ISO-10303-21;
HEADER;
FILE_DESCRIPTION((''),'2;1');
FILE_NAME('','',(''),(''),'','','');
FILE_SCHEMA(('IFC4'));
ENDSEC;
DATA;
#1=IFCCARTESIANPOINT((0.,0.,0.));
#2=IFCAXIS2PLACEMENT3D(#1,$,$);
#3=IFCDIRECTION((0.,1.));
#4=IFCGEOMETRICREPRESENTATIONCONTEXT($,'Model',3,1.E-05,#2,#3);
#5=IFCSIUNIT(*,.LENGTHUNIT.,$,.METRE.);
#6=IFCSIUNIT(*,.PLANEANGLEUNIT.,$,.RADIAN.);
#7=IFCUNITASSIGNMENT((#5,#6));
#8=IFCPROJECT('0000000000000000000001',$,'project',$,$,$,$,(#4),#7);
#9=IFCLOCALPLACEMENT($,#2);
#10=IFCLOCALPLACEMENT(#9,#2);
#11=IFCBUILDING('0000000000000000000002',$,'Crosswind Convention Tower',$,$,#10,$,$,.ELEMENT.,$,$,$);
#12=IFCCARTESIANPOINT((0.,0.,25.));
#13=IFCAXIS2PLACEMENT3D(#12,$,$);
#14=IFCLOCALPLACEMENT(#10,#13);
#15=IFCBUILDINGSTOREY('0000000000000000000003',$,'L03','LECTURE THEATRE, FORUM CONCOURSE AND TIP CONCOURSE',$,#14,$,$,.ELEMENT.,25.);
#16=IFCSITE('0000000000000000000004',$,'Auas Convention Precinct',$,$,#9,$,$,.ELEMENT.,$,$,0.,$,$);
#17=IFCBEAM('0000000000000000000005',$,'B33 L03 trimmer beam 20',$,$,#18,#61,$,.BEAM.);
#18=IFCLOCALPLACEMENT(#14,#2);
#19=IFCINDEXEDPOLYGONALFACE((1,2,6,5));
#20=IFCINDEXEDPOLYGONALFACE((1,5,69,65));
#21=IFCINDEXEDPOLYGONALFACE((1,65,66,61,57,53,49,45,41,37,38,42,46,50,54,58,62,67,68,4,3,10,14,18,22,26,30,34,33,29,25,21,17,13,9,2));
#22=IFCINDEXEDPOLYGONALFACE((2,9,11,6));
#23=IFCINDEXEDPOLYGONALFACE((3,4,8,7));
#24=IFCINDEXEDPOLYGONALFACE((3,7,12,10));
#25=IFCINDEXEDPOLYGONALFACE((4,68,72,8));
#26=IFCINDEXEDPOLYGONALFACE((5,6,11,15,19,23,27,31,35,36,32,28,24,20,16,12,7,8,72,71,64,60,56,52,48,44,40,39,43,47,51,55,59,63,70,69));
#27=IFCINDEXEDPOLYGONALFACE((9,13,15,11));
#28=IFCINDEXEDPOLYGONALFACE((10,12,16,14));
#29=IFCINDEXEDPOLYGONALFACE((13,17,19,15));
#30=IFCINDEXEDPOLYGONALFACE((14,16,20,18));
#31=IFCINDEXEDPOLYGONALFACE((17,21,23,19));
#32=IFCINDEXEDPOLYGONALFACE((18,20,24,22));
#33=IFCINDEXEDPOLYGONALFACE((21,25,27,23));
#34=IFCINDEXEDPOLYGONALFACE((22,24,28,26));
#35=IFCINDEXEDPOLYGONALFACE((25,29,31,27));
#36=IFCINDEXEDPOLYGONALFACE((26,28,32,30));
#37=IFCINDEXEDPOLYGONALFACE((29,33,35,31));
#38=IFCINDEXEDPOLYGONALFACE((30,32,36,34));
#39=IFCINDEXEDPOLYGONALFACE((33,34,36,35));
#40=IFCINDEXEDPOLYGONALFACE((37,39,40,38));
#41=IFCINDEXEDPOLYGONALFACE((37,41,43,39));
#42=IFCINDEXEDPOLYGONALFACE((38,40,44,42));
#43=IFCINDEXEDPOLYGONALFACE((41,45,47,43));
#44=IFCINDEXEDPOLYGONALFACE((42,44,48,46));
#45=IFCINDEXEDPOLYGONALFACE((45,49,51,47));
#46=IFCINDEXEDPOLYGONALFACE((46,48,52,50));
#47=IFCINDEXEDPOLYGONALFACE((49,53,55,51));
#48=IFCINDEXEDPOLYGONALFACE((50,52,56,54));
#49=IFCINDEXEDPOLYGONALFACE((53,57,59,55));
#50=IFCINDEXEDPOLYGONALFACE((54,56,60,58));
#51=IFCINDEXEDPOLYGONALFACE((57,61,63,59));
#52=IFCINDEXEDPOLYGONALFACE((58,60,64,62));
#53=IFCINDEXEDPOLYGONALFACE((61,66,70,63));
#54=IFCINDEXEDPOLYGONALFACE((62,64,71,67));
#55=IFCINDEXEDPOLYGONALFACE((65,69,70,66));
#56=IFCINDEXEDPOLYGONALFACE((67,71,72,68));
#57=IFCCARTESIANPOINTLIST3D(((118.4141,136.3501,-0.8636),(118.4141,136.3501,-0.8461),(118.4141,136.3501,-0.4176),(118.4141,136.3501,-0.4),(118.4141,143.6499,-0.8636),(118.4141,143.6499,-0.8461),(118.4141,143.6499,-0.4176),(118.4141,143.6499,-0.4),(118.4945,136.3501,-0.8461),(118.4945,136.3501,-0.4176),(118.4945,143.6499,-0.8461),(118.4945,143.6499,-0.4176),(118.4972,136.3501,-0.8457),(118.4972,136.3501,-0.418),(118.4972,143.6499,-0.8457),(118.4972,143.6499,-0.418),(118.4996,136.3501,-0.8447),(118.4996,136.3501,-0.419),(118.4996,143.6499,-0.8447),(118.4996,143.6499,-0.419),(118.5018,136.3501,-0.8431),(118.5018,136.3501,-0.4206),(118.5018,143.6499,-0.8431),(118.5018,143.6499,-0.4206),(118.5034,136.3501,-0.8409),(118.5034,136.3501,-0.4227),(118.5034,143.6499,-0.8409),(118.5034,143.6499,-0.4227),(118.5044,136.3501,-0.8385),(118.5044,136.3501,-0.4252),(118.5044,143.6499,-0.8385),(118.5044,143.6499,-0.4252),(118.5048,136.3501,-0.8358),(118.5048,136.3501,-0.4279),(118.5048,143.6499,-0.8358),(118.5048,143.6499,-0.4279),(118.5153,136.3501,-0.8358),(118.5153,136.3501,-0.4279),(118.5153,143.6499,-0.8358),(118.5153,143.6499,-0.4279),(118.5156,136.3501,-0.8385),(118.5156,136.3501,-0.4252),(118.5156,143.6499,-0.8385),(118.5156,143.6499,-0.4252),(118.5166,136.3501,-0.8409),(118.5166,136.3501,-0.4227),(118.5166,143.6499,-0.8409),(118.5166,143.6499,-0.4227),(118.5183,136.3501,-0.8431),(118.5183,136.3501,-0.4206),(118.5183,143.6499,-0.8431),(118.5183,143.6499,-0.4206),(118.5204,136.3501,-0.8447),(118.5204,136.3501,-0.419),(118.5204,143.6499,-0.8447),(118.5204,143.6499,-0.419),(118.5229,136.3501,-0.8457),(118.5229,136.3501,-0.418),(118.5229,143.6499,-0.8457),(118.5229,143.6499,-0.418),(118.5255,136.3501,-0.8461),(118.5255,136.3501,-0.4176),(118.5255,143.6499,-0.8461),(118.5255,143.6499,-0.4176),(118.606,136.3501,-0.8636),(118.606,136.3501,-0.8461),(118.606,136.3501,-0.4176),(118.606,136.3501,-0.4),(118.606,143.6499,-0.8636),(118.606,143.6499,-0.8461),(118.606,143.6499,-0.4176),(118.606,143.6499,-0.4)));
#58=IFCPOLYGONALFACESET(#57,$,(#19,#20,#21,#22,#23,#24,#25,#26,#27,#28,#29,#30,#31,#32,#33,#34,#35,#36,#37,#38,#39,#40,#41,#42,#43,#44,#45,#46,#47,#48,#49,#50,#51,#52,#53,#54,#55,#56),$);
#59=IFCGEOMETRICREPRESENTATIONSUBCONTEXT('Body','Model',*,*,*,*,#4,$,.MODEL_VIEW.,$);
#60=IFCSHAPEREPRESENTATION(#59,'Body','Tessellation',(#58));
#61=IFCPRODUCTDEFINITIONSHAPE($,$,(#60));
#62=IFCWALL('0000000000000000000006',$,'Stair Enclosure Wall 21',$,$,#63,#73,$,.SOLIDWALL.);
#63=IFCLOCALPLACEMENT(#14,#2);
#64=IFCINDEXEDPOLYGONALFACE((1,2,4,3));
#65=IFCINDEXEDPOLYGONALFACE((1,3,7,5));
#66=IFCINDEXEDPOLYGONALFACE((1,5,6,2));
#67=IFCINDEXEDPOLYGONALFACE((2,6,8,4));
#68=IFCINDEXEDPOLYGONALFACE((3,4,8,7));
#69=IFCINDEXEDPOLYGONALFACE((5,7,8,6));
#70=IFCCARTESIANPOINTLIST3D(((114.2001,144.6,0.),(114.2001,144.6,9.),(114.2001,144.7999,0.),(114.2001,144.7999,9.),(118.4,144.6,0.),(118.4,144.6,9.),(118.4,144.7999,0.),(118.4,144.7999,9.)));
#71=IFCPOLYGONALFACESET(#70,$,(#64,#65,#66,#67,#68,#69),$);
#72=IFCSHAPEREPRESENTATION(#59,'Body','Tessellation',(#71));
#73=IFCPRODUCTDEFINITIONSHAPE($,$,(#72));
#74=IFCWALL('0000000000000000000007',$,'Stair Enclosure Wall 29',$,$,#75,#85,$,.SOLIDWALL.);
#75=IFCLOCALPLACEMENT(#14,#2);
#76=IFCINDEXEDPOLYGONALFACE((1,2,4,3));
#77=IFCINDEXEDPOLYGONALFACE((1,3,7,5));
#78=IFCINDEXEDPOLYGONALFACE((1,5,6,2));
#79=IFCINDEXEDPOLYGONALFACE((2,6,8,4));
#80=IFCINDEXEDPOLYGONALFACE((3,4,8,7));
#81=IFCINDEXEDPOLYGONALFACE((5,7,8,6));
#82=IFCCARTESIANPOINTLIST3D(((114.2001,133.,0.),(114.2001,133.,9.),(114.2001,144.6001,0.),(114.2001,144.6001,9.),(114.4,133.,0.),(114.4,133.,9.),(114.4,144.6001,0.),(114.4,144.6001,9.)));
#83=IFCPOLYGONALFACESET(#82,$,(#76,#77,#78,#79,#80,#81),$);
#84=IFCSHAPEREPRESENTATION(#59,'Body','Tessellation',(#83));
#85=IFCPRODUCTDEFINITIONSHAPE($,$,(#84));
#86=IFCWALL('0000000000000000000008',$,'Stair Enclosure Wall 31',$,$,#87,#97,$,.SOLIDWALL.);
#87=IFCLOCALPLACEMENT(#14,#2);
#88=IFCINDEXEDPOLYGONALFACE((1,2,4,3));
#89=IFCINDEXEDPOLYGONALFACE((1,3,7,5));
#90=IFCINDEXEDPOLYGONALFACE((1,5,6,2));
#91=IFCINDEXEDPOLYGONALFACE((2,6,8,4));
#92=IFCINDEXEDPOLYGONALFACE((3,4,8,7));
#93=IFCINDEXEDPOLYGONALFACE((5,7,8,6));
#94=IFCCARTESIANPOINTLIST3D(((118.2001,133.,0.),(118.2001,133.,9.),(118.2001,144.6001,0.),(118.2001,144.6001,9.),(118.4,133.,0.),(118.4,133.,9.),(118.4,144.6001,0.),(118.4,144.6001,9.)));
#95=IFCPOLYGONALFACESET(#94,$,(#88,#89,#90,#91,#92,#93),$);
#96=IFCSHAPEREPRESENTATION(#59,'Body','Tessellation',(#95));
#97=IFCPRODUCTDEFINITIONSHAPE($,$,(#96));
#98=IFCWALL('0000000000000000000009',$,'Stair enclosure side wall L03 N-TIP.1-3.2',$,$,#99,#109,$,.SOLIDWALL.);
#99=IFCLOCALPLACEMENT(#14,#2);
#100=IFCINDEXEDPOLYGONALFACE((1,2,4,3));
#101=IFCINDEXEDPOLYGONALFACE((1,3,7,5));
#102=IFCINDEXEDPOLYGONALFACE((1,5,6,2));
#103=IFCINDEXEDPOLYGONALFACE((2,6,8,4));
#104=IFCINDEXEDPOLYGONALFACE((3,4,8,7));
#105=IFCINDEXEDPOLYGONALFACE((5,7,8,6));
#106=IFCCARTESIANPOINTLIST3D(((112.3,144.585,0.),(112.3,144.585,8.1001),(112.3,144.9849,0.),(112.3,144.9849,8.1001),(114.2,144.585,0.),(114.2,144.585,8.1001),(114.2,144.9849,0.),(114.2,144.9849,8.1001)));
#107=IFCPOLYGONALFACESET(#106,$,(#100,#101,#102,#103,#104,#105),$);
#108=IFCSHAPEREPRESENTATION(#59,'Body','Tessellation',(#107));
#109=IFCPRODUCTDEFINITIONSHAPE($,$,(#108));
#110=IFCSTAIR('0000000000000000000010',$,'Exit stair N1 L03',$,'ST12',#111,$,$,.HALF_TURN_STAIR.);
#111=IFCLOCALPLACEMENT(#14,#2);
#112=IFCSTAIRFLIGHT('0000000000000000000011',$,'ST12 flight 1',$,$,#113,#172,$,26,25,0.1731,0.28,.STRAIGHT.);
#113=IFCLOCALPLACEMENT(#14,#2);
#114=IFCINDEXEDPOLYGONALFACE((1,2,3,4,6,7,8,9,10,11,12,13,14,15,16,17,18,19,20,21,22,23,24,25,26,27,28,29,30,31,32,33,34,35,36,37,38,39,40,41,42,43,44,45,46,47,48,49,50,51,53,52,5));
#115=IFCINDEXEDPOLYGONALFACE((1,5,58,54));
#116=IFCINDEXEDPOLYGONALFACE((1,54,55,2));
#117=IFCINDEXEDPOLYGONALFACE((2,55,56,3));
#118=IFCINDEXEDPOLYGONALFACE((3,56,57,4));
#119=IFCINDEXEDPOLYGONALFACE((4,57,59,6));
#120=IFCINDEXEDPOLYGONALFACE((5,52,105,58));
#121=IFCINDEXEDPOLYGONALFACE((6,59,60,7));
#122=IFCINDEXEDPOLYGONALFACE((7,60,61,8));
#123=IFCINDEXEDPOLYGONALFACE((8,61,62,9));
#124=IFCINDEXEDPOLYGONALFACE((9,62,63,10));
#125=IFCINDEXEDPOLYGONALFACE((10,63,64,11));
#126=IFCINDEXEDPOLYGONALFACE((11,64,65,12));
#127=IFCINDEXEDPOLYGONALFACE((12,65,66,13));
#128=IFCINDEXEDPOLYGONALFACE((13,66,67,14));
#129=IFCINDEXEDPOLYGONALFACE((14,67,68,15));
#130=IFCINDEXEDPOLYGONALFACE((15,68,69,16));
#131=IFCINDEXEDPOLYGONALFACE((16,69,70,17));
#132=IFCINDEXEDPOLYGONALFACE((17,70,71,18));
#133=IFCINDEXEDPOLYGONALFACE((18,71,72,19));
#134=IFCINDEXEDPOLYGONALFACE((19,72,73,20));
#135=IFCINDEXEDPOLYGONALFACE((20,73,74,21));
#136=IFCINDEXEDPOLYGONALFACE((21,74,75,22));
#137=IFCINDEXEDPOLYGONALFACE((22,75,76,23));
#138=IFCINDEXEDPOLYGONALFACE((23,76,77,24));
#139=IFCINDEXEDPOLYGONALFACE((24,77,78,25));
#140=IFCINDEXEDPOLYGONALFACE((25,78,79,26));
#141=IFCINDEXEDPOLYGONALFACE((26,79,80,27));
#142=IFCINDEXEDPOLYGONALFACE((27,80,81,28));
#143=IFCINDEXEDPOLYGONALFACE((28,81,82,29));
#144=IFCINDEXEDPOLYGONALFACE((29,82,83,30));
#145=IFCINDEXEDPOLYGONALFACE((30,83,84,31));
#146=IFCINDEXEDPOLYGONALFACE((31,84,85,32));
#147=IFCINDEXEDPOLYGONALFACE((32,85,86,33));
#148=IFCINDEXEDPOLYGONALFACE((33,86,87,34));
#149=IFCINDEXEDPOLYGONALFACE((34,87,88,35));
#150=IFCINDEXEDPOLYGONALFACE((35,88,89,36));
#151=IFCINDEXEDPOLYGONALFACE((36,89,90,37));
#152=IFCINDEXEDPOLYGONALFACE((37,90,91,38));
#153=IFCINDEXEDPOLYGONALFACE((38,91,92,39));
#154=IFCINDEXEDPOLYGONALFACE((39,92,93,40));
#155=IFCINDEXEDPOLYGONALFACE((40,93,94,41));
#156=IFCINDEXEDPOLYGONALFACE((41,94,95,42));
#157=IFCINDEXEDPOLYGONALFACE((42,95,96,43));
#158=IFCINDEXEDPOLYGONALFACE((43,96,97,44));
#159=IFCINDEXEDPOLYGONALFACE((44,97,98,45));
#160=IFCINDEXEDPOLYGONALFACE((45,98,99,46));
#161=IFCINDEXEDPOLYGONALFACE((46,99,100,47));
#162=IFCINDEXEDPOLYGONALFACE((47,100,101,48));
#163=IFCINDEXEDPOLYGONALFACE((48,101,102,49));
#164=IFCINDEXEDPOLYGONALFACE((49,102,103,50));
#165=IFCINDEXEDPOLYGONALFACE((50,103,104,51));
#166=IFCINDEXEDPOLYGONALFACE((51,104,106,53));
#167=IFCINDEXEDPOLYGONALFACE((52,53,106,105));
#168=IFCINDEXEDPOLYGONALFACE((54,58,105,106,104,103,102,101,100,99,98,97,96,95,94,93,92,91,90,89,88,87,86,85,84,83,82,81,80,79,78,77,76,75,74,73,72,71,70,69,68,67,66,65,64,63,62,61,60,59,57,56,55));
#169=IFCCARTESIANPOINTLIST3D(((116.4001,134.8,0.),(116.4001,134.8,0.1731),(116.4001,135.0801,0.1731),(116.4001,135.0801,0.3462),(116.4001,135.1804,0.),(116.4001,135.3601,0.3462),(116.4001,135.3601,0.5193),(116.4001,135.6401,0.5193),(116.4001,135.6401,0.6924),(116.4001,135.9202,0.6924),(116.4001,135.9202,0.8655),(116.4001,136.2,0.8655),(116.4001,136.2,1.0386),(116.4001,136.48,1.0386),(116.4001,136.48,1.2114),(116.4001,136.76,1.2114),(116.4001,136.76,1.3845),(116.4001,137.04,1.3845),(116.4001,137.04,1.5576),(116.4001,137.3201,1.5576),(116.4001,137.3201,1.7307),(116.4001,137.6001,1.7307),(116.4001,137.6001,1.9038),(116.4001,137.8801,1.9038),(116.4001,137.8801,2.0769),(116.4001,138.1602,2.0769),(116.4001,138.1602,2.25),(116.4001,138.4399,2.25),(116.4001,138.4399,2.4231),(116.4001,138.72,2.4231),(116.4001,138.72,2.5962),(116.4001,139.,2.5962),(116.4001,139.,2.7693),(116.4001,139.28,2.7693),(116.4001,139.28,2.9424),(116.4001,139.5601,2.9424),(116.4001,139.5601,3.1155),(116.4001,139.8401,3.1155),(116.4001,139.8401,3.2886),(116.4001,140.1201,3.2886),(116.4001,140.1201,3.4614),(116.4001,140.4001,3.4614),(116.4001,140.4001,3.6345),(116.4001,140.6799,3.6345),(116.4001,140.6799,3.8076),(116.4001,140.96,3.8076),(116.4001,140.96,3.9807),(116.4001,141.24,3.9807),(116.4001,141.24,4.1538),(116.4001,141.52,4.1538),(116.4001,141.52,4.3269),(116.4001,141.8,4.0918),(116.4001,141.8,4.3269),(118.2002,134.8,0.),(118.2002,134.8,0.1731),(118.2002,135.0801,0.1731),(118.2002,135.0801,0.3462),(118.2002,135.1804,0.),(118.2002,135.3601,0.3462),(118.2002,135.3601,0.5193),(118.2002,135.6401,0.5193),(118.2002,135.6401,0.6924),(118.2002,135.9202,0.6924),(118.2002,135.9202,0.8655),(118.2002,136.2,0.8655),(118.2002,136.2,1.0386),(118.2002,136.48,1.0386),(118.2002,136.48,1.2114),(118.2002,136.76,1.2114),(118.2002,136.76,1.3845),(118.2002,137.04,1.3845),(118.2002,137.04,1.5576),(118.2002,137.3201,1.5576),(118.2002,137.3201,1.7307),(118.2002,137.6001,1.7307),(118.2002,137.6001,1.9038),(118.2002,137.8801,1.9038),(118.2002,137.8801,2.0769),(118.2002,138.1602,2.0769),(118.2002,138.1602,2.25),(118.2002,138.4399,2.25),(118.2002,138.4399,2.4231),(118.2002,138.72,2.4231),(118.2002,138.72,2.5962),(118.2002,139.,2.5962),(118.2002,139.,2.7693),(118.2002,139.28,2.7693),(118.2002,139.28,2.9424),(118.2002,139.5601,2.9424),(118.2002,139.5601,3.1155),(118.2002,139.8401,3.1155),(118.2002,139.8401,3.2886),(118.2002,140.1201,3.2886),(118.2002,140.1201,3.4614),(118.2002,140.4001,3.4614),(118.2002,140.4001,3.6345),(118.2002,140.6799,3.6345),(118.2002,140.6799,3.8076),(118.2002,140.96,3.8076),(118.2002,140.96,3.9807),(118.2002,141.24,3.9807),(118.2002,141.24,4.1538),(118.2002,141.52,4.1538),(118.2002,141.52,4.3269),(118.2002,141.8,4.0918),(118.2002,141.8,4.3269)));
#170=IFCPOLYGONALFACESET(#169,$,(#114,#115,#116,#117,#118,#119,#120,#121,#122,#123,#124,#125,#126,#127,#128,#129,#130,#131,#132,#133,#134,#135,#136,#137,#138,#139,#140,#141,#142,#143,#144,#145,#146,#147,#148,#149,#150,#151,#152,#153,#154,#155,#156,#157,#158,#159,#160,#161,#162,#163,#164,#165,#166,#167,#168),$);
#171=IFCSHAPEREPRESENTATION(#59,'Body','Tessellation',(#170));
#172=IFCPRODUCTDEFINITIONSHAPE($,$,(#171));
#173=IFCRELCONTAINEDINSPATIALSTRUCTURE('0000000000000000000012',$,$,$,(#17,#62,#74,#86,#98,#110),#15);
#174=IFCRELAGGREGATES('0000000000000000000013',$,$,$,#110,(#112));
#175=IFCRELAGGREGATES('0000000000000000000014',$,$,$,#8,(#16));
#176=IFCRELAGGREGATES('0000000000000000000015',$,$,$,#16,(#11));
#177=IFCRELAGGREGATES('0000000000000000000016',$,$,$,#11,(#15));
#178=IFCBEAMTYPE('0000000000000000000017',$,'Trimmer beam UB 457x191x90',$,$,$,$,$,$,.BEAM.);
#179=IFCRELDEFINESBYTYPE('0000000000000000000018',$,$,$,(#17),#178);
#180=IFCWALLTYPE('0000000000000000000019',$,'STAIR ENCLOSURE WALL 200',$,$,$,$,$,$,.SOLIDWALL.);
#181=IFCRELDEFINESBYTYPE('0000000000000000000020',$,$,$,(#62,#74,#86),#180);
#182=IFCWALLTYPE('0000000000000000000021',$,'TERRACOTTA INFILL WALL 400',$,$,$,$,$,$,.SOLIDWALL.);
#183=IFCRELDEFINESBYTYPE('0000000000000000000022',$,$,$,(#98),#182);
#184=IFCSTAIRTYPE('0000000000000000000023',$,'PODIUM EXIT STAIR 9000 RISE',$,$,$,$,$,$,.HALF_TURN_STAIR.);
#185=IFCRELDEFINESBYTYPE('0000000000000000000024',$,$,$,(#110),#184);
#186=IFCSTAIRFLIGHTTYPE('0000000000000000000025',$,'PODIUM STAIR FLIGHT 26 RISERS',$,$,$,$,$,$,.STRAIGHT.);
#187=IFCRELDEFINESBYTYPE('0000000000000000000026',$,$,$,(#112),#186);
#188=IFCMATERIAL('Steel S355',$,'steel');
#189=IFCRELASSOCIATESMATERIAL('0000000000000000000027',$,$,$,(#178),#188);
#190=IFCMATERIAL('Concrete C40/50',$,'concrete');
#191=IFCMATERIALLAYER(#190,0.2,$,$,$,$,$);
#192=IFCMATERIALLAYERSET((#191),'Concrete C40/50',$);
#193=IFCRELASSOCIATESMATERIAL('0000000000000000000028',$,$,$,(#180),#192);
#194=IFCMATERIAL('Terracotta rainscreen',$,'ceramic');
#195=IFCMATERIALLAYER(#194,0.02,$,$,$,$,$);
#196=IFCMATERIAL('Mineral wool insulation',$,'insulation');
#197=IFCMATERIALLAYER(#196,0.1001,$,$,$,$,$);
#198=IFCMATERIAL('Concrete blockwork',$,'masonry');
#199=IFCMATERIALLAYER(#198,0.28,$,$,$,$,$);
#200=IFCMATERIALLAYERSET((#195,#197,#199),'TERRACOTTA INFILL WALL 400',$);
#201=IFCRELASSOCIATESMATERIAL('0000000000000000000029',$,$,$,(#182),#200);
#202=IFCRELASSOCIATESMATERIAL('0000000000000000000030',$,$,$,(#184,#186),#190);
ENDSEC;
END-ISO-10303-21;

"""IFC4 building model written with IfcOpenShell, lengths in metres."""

from ifc_helpers import new_model, si_unit, direction, frame, frame_2d, origin, origin_2d, place, context, subcontext, project, spatial, polyline, rectangle, i_section, outline, extrude, material, layer, layer_set, material_profile, profile_set, type_object, element, aggregate, save


model = new_model("IFC4")

# Units and contexts
model_context = context("Model", 3, precision=1e-05, world=origin(), true_north=direction((0.0, 1.0)))
body_context = subcontext(model_context, "Body", "Model", "MODEL_VIEW")
ifc_project = project(units=[si_unit("LENGTHUNIT", "METRE"), si_unit("PLANEANGLEUNIT", "RADIAN")], contexts=[model_context])

# Site, building, storey
site_placement = place(None, origin())
site = spatial("IfcSite", under=ifc_project, at=site_placement, Name="Auas Convention Precinct", CompositionType="ELEMENT", RefElevation=0.0)
building_placement = place(site_placement, origin())
building = spatial("IfcBuilding", under=site, at=building_placement, Name="Crosswind Convention Tower", CompositionType="ELEMENT")
storey_placement = place(building_placement, frame((0.0, 0.0, 25.0)))
storey = spatial("IfcBuildingStorey", under=building, at=storey_placement, Name="L03", Description="LECTURE THEATRE, FORUM CONCOURSE AND TIP CONCOURSE", CompositionType="ELEMENT", Elevation=25.0)

# Beam
ifc_material_1 = material(Name="Steel S355", Category="steel")
ifc_material_profile_1 = material_profile(ifc_material_1, i_section(OverallWidth=0.1919, OverallDepth=0.4636, WebThickness=0.0105, FlangeThickness=0.0176, FilletRadius=0.0103, at=origin_2d()), Name="UB 457x191x90")
ifc_profile_set_1 = profile_set([ifc_material_profile_1], Name="Steel S355")
beam_type_1 = type_object("IfcBeamType", Name="Trimmer beam UB 457x191x90", PredefinedType="BEAM", material=ifc_profile_set_1)
beam_1_placement = place(storey_placement, frame((118.51, 136.3501, -0.6318), z_axis=(0.0, 1.0, 0.0), x_axis=(-1.0, 0.0, 0.0)))
element("IfcBeam", 1, at=beam_1_placement, inside=storey, type_object=beam_type_1, Name="B33 L03 trimmer beam 20", PredefinedType="BEAM", context=body_context, shape_type="SweptSolid", body=[
    extrude(i_section(OverallWidth=0.1919, OverallDepth=0.4636, WebThickness=0.0105, FlangeThickness=0.0176, FilletRadius=0.0103, at=origin_2d()), origin(), (0.0, 0.0, 1.0), 7.2998),
])

# Walls
ifc_material_2 = material(Name="Concrete C40/50", Category="concrete")
ifc_layer_1 = layer(ifc_material_2, 0.2)
ifc_layer_set_1 = layer_set([ifc_layer_1], Name="Concrete C40/50")
wall_type_1 = type_object("IfcWallType", Name="STAIR ENCLOSURE WALL 200", PredefinedType="SOLIDWALL", material=ifc_layer_set_1)
wall_1_placement = place(storey_placement, frame((114.2, 144.7, 0.0), z_axis=(0.0, 0.0, 1.0), x_axis=(1.0, 0.0, 0.0)))
element("IfcWall", 2, at=wall_1_placement, inside=storey, type_object=wall_type_1, Name="Stair Enclosure Wall 21", PredefinedType="SOLIDWALL", context=body_context, shape_type="SweptSolid", body=[
    extrude(rectangle(XDim=4.2, YDim=0.2, at=frame_2d((2.1001, 0.0))), origin(), (0.0, 0.0, 1.0), 9.0),
])
for number, where, z_axis, x_axis, name in (
    (3, (114.3, 133.0, 0.0), (0.0, 0.0, 1.0), (0.0, 1.0, 0.0), "Stair Enclosure Wall 29"),
    (4, (118.3, 133.0, 0.0), (0.0, 0.0, 1.0), (0.0, 1.0, 0.0), "Stair Enclosure Wall 31"),
):
    element("IfcWall", number, at=place(storey_placement, frame(where, z_axis=z_axis, x_axis=x_axis)), inside=storey, type_object=wall_type_1, Name=name, PredefinedType="SOLIDWALL", context=body_context, shape_type="SweptSolid", body=[
        extrude(rectangle(XDim=11.6001, YDim=0.2, at=frame_2d((5.8, 0.0))), origin(), (0.0, 0.0, 1.0), 9.0),
    ])
ifc_material_3 = material(Name="Terracotta rainscreen", Category="ceramic")
ifc_layer_2 = layer(ifc_material_3, 0.02)
ifc_material_4 = material(Name="Mineral wool insulation", Category="insulation")
ifc_layer_3 = layer(ifc_material_4, 0.1001)
ifc_material_5 = material(Name="Concrete blockwork", Category="masonry")
ifc_layer_4 = layer(ifc_material_5, 0.28)
ifc_layer_set_2 = layer_set([ifc_layer_2, ifc_layer_3, ifc_layer_4], Name="TERRACOTTA INFILL WALL 400")
wall_type_2 = type_object("IfcWallType", Name="TERRACOTTA INFILL WALL 400", PredefinedType="SOLIDWALL", material=ifc_layer_set_2)
wall_2_placement = place(storey_placement, frame((114.2, 144.7849, 0.0), z_axis=(0.0, 0.0, 1.0), x_axis=(-1.0, 0.0, 0.0)))
element("IfcWall", 5, at=wall_2_placement, inside=storey, type_object=wall_type_2, Name="Stair enclosure side wall L03 N-TIP.1-3.2", PredefinedType="SOLIDWALL", context=body_context, shape_type="SweptSolid", body=[
    extrude(rectangle(XDim=1.8999, YDim=0.3999, at=frame_2d((0.95, 0.0))), origin(), (0.0, 0.0, 1.0), 8.1001),
])

# Stair, stair flight
stair_type = type_object("IfcStairType", Name="PODIUM EXIT STAIR 9000 RISE", PredefinedType="HALF_TURN_STAIR", material=ifc_material_2)
stair_placement = place(storey_placement, origin())
stair = element("IfcStair", 6, at=stair_placement, inside=storey, type_object=stair_type, Name="Exit stair N1 L03", ObjectType="ST12", PredefinedType="HALF_TURN_STAIR")
stair_flight_type = type_object("IfcStairFlightType", Name="PODIUM STAIR FLIGHT 26 RISERS", PredefinedType="STRAIGHT", material=ifc_material_2)
stair_flight_1_placement = place(storey_placement, frame((117.3, 134.8, 0.0), z_axis=(0.0, 0.0, 1.0), x_axis=(0.0, 1.0, 0.0)))
stair_flight_1 = element("IfcStairFlight", 7, at=stair_flight_1_placement, type_object=stair_flight_type, Name="ST12 flight 1", NumberOfRisers=26, NumberOfTreads=25, PredefinedType="STRAIGHT", RiserHeight=0.1731, TreadLength=0.28, context=body_context, shape_type="SweptSolid", body=[
    extrude(outline(polyline([(0.0, 0.0), (0.0, 0.1731), (0.28, 0.1731), (0.28, 0.3462), (0.5601, 0.3462), (0.5601, 0.5193), (0.8401, 0.5193), (0.8401, 0.6924), (1.1201, 0.6924), (1.1201, 0.8655), (1.3999, 0.8655), (1.3999, 1.0386), (1.6799, 1.0386), (1.6799, 1.2114), (1.96, 1.2114), (1.96, 1.3845), (2.24, 1.3845), (2.24, 1.5576), (2.52, 1.5576), (2.52, 1.7307), (2.8, 1.7307), (2.8, 1.9038), (3.0801, 1.9038), (3.0801, 2.0769), (3.3601, 2.0769), (3.3601, 2.25), (3.6399, 2.25), (3.6399, 2.4231), (3.9199, 2.4231), (3.9199, 2.5962), (4.2, 2.5962), (4.2, 2.7693), (4.48, 2.7693), (4.48, 2.9424), (4.76, 2.9424), (4.76, 3.1155), (5.04, 3.1155), (5.04, 3.2886), (5.3201, 3.2886), (5.3201, 3.4614), (5.6001, 3.4614), (5.6001, 3.6345), (5.8799, 3.6345), (5.8799, 3.8076), (6.1599, 3.8076), (6.1599, 3.9807), (6.4399, 3.9807), (6.4399, 4.1538), (6.72, 4.1538), (6.72, 4.3269), (7.0, 4.3269), (7.0, 4.5), (7.0, 4.0918), (0.3804, 0.0), (0.0, 0.0)])), frame((0.0, 0.8999, 0.0), z_axis=(0.0, -1.0, 0.0), x_axis=(1.0, 0.0, 0.0)), (0.0, 0.0, 1.0), 1.8),
])
aggregate(stair, [stair_flight_1])

save(model, "model.ifc")
